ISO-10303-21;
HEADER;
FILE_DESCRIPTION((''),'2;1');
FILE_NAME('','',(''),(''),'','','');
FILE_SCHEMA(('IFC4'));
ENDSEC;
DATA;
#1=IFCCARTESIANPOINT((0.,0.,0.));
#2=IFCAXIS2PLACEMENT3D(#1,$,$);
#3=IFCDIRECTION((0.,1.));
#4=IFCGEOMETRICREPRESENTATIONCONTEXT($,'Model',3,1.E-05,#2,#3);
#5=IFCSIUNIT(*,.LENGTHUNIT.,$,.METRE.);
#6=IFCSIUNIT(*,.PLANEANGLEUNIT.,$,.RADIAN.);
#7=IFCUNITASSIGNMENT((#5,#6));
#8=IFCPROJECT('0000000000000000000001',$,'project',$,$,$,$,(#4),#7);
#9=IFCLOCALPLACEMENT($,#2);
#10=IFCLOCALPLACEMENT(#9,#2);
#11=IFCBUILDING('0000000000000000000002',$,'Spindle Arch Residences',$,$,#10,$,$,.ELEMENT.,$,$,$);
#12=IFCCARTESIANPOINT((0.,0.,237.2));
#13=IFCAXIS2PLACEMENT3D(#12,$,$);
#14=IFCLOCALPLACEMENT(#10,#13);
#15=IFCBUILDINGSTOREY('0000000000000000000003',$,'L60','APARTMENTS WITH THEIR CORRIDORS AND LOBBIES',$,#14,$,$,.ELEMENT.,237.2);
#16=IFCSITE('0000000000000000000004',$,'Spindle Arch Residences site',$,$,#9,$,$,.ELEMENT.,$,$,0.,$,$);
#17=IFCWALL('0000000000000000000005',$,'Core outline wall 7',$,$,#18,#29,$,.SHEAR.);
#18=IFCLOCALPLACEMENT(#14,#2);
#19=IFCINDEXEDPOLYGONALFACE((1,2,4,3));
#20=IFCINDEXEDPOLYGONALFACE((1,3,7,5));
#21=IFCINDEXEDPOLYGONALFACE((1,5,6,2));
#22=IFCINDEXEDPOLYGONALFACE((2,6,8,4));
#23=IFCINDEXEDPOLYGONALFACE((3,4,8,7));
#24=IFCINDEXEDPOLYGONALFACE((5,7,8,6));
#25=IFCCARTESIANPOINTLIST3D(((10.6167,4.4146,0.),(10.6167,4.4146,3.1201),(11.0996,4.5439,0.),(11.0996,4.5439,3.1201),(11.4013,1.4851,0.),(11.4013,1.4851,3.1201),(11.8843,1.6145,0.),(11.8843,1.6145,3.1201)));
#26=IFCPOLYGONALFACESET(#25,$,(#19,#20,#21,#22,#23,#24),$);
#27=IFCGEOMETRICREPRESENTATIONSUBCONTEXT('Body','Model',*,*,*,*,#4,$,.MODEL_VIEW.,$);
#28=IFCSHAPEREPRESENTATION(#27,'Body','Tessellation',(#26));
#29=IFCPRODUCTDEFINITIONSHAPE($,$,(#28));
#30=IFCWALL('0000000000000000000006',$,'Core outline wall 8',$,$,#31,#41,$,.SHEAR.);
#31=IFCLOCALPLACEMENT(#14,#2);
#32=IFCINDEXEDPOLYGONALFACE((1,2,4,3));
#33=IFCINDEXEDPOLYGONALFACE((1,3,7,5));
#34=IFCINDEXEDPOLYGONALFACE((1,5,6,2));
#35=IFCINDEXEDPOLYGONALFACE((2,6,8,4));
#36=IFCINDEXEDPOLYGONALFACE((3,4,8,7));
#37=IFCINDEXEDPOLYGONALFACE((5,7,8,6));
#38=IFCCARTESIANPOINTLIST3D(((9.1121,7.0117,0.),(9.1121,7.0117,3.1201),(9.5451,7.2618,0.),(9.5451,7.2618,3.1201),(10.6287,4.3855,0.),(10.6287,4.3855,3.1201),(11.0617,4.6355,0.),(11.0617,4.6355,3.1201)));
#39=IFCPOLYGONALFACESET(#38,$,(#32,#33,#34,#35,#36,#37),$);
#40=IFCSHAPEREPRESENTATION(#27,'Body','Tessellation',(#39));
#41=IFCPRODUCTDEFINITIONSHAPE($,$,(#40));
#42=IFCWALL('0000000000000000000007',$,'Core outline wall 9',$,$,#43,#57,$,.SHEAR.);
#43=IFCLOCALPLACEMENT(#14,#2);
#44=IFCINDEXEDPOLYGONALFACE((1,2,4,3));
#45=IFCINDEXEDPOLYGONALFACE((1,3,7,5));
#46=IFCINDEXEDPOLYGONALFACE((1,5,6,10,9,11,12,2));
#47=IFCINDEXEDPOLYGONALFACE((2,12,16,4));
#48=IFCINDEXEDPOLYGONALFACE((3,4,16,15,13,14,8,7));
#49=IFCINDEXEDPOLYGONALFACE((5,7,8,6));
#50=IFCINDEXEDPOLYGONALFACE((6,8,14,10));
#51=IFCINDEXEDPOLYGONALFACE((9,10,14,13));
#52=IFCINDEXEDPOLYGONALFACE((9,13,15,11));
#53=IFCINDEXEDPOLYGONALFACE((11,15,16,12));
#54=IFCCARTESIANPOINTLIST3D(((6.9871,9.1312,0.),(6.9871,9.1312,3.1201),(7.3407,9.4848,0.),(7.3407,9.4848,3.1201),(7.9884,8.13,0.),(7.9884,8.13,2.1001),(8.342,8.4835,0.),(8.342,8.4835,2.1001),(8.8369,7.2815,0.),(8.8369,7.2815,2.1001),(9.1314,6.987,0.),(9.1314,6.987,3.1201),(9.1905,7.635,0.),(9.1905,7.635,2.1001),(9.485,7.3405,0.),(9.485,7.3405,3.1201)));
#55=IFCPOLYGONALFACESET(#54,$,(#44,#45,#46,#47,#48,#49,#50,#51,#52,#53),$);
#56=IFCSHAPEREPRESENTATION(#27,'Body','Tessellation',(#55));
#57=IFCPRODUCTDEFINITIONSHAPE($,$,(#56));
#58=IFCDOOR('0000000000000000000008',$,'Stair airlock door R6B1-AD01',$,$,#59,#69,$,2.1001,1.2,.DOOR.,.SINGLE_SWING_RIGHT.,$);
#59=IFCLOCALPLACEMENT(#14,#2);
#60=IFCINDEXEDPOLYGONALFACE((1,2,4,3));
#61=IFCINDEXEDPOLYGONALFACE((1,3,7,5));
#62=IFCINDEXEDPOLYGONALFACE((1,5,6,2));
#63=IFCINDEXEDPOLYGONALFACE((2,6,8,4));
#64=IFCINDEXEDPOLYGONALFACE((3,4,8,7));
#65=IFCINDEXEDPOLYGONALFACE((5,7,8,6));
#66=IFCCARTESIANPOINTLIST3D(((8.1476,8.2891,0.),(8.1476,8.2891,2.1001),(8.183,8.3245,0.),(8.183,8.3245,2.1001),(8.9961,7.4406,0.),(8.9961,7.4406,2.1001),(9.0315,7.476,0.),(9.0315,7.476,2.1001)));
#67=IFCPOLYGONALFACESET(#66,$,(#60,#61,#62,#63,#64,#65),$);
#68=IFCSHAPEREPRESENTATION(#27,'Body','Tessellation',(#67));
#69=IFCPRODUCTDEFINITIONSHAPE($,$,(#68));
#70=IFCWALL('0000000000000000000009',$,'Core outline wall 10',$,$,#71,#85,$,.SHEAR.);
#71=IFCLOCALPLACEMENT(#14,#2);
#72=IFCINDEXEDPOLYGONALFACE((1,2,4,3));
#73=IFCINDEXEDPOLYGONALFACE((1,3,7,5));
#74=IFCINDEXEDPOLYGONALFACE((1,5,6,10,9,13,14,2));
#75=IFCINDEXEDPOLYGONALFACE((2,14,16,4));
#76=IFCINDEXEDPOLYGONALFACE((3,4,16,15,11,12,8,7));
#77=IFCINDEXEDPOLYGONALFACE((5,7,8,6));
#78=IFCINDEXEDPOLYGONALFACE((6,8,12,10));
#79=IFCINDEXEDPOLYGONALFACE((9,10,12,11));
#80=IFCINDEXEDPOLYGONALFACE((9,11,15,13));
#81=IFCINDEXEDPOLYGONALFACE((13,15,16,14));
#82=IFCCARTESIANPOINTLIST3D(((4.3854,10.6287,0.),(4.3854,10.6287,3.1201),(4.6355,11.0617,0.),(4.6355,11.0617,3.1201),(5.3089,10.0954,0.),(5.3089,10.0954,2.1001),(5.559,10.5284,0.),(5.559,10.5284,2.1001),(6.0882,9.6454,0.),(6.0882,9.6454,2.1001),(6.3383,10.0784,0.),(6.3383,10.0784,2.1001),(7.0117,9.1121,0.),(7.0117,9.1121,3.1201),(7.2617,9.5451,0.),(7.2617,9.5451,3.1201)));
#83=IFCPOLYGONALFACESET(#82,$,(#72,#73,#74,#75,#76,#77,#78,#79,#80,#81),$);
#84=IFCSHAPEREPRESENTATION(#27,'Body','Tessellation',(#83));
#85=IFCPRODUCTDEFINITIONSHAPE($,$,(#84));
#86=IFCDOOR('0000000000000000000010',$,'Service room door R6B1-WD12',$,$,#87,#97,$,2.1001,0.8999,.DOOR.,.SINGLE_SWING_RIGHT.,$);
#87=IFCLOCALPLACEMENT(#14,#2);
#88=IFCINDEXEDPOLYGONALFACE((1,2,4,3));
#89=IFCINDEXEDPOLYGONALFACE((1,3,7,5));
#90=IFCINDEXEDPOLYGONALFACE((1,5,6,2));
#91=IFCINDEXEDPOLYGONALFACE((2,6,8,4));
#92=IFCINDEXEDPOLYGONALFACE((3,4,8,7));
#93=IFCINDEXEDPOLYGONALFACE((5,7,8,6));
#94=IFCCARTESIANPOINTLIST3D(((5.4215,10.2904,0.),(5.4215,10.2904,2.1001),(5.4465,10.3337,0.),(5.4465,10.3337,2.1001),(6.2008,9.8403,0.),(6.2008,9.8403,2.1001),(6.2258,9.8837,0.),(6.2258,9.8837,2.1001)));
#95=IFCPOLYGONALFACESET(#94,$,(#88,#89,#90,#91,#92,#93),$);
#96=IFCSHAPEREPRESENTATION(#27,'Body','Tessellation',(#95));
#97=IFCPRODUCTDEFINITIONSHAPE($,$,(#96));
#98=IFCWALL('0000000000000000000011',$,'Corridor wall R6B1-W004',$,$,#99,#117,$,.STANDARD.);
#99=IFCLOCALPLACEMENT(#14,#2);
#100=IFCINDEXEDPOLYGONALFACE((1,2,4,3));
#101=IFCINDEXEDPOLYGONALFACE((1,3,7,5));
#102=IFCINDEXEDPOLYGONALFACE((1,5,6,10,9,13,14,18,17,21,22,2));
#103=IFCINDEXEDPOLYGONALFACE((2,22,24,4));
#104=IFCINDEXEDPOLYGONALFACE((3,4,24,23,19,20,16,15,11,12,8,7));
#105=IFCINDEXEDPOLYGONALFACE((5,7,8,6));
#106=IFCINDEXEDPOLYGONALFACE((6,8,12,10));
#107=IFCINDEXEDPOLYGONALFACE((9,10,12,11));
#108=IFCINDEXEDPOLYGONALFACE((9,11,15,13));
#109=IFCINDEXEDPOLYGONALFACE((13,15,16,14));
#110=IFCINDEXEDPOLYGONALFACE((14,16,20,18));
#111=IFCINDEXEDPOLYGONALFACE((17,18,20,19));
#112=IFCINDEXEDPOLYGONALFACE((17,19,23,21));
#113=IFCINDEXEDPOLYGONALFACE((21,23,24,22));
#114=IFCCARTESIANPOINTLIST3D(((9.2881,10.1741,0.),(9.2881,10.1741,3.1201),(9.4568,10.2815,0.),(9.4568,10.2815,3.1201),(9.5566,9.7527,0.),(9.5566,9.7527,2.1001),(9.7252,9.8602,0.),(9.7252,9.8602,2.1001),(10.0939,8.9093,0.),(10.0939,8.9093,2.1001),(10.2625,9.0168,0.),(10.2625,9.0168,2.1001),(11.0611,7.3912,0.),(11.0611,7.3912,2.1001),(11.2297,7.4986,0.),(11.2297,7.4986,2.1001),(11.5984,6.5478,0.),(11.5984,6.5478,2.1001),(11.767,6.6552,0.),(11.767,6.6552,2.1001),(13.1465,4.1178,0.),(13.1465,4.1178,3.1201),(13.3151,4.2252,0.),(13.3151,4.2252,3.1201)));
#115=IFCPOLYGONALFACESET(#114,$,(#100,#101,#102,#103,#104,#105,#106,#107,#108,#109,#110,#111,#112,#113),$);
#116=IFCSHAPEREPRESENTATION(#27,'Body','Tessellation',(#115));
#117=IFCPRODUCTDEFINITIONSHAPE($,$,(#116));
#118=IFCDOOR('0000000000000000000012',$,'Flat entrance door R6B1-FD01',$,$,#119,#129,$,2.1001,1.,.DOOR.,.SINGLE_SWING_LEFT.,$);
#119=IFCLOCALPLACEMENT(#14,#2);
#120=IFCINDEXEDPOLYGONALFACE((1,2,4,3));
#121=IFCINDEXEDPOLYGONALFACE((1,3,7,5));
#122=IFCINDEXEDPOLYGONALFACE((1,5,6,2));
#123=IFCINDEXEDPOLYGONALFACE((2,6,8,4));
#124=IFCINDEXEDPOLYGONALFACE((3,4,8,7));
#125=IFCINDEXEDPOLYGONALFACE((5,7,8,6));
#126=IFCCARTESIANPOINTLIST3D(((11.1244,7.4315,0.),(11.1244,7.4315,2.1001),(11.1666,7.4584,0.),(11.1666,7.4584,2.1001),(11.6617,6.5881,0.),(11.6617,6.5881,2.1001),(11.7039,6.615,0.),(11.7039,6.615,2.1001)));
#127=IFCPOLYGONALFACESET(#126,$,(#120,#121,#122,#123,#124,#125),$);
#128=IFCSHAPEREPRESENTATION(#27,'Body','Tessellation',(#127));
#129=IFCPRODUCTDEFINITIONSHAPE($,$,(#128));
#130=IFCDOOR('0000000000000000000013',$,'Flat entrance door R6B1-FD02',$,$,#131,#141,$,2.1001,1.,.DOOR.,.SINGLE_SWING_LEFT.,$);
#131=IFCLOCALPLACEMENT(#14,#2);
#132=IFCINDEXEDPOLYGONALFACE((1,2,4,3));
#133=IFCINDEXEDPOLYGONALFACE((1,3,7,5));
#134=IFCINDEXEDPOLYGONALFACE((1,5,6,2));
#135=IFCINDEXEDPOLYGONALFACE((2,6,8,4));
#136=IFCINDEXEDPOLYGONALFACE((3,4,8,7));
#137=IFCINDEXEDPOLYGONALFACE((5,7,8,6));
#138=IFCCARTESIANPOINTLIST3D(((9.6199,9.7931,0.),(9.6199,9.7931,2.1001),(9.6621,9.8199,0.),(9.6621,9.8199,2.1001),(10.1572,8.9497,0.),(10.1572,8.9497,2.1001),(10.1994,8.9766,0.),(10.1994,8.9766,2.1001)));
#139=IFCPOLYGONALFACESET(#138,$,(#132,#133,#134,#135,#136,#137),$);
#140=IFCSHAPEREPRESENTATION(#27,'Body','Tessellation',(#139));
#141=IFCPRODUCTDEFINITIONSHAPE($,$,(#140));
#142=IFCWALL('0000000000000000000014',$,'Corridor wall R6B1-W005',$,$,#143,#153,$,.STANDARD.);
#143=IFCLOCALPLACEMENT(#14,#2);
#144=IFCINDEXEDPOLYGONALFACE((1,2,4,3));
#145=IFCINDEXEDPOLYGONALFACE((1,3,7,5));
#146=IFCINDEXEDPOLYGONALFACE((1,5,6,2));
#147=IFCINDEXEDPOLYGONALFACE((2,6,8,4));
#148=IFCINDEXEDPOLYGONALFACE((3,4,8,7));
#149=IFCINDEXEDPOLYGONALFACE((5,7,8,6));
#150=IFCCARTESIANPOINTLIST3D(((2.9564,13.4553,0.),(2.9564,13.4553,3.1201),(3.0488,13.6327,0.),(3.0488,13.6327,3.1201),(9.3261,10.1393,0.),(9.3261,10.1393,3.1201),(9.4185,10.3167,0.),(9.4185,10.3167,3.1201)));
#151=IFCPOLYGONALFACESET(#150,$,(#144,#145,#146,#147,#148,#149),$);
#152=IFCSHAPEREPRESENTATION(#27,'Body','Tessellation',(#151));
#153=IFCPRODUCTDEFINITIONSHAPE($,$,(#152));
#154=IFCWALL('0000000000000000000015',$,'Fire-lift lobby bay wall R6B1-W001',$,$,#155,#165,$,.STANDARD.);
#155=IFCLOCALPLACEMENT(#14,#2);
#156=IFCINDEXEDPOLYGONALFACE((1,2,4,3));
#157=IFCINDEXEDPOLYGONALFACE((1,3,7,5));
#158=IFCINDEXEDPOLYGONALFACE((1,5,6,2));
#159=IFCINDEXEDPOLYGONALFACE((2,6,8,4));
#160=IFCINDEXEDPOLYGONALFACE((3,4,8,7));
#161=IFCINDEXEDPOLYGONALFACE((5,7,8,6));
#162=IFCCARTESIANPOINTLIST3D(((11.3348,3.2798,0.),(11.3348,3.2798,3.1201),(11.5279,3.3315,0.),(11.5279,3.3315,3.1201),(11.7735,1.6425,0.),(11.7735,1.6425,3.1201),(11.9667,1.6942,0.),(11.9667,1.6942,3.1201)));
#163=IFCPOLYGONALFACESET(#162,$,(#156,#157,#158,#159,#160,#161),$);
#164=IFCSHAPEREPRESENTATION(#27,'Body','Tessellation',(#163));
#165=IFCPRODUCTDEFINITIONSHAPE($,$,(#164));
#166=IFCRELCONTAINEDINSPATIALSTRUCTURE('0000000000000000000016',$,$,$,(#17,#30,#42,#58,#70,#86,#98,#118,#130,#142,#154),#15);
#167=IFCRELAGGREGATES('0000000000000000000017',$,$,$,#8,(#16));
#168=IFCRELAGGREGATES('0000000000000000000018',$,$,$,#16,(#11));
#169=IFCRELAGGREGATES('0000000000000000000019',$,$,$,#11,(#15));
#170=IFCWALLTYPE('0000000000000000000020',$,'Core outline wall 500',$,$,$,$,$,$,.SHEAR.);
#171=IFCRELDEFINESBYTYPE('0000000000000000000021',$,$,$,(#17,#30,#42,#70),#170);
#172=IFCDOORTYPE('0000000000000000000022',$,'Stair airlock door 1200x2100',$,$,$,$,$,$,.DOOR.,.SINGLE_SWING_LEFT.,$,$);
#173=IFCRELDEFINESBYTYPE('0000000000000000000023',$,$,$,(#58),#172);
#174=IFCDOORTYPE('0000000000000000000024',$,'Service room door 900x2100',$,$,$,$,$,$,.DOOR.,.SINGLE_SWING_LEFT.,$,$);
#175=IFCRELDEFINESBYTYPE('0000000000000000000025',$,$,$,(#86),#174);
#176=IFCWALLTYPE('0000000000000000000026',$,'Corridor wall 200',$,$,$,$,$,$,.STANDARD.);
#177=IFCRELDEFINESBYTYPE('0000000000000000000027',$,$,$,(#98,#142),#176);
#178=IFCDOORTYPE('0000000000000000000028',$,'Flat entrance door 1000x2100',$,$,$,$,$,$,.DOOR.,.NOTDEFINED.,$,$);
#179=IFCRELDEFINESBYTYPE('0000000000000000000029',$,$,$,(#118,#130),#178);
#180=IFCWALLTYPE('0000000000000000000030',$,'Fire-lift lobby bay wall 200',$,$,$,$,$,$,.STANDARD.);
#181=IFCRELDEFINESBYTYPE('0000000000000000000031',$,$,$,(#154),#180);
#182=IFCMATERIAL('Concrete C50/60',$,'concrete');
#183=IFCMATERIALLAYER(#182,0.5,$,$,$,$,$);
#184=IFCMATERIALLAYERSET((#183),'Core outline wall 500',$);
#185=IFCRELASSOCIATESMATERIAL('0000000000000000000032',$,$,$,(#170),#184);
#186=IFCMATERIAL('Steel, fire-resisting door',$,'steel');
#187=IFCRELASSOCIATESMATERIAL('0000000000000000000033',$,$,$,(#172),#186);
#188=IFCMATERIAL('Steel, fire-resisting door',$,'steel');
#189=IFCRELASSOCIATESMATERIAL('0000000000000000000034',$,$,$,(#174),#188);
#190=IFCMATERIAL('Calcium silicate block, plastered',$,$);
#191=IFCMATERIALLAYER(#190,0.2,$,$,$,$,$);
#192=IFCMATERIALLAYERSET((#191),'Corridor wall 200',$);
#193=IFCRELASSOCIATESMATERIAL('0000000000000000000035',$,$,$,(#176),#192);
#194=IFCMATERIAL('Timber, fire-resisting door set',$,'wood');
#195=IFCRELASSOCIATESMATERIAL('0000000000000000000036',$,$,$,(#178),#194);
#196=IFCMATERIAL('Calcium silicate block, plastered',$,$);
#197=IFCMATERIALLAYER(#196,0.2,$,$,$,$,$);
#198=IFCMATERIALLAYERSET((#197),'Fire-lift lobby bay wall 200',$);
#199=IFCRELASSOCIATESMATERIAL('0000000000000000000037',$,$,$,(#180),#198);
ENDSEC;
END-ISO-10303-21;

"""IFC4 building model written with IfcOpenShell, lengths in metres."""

from ifc_helpers import new_model, si_unit, direction, frame, frame_2d, origin, place, context, subcontext, project, spatial, rectangle, extrude, material, layer, layer_set, type_object, element, fill, save


model = new_model("IFC4")

# Units and contexts
model_context = context("Model", 3, precision=1e-05, world=origin(), true_north=direction((0.0, 1.0)))
body_context = subcontext(model_context, "Body", "Model", "MODEL_VIEW")
ifc_project = project(units=[si_unit("LENGTHUNIT", "METRE"), si_unit("PLANEANGLEUNIT", "RADIAN")], contexts=[model_context])

# Site, building, storey
site_placement = place(None, origin())
site = spatial("IfcSite", under=ifc_project, at=site_placement, Name="Spindle Arch Residences site", CompositionType="ELEMENT", RefElevation=0.0)
building_placement = place(site_placement, origin())
building = spatial("IfcBuilding", under=site, at=building_placement, Name="Spindle Arch Residences", CompositionType="ELEMENT")
storey_placement = place(building_placement, frame((0.0, 0.0, 237.2)))
storey = spatial("IfcBuildingStorey", under=building, at=storey_placement, Name="L60", Description="APARTMENTS WITH THEIR CORRIDORS AND LOBBIES", CompositionType="ELEMENT", Elevation=237.2)

# Walls
ifc_material_1 = material(Name="Concrete C50/60", Category="concrete")
ifc_layer_1 = layer(ifc_material_1, 0.5)
ifc_layer_set_1 = layer_set([ifc_layer_1], Name="Core outline wall 500")
wall_type_1 = type_object("IfcWallType", Name="Core outline wall 500", PredefinedType="SHEAR", material=ifc_layer_set_1)
for number, where, z_axis, x_axis, name in (
    (1, (11.6428, 1.5498, 0.0), (0.0, 0.0, 1.0), (-0.258735, 0.965948, 0.0), "Core outline wall 7"),
    (2, (10.8452, 4.5105, 0.0), (0.0, 0.0, 1.0), (-0.500087, 0.865975, 0.0), "Core outline wall 8"),
):
    element("IfcWall", number, at=place(storey_placement, frame(where, z_axis=z_axis, x_axis=x_axis)), inside=storey, type_object=wall_type_1, Name=name, PredefinedType="SHEAR", context=body_context, shape_type="SweptSolid", body=[
        extrude(rectangle(XDim=3.0327, YDim=0.5, at=frame_2d((1.5164, 0.0))), origin(), (0.0, 0.0, 1.0), 3.1201),
    ])

# Walls, openings, doors
wall_1_placement = place(storey_placement, frame((9.3081, 7.1638, 0.0), z_axis=(0.0, 0.0, 1.0), x_axis=(-0.707107, 0.707107, 0.0)))
wall_1 = element("IfcWall", 3, at=wall_1_placement, inside=storey, type_object=wall_type_1, Name="Core outline wall 9", PredefinedType="SHEAR", context=body_context, shape_type="SweptSolid", body=[
    extrude(rectangle(XDim=3.0325, YDim=0.5, at=frame_2d((1.5161, 0.0))), origin(), (0.0, 0.0, 1.0), 3.1201),
])
opening_1_placement = place(wall_1_placement, frame((0.4163, 0.0, 0.0)))
opening_1 = element("IfcOpeningElement", 4, at=opening_1_placement, cuts=wall_1, PredefinedType="OPENING", context=body_context, shape_type="SweptSolid", body=[
    extrude(rectangle(XDim=1.2, YDim=2.1001, at=frame_2d((0.6001, 1.05))), frame((0.0, 0.26, 0.0), z_axis=(0.0, -1.0, 0.0), x_axis=(1.0, 0.0, 0.0)), (0.0, 0.0, 1.0), 0.52),
])
ifc_material_2 = material(Name="Steel, fire-resisting door", Category="steel")
door_type_1 = type_object("IfcDoorType", Name="Stair airlock door 1200x2100", OperationType="SINGLE_SWING_LEFT", PredefinedType="DOOR", material=ifc_material_2)
door_1_placement = place(opening_1_placement, origin())
door_1 = element("IfcDoor", 5, at=door_1_placement, inside=storey, type_object=door_type_1, Name="Stair airlock door R6B1-AD01", OperationType="SINGLE_SWING_RIGHT", OverallHeight=2.1001, OverallWidth=1.2, PredefinedType="DOOR", context=body_context, shape_type="SweptSolid", body=[
    extrude(rectangle(XDim=1.2, YDim=2.1001, at=frame_2d((0.6001, 1.05))), frame((0.0, 0.0249, 0.0), z_axis=(0.0, -1.0, 0.0), x_axis=(1.0, 0.0, 0.0)), (0.0, 0.0, 1.0), 0.05),
])
fill(opening_1, door_1)
wall_2_placement = place(storey_placement, frame((7.1367, 9.3286, 0.0), z_axis=(0.0, 0.0, 1.0), x_axis=(-0.865975, 0.500087, 0.0)))
wall_2 = element("IfcWall", 6, at=wall_2_placement, inside=storey, type_object=wall_type_1, Name="Core outline wall 10", PredefinedType="SHEAR", context=body_context, shape_type="SweptSolid", body=[
    extrude(rectangle(XDim=3.0327, YDim=0.5, at=frame_2d((1.5164, 0.0))), origin(), (0.0, 0.0, 1.0), 3.1201),
])
opening_2_placement = place(wall_2_placement, frame((1.0664, 0.0, 0.0)))
opening_2 = element("IfcOpeningElement", 7, at=opening_2_placement, cuts=wall_2, PredefinedType="OPENING", context=body_context, shape_type="SweptSolid", body=[
    extrude(rectangle(XDim=0.8999, YDim=2.1001, at=frame_2d((0.45, 1.05))), frame((0.0, 0.26, 0.0), z_axis=(0.0, -1.0, 0.0), x_axis=(1.0, 0.0, 0.0)), (0.0, 0.0, 1.0), 0.52),
])
ifc_material_3 = material(Name="Steel, fire-resisting door", Category="steel")
door_type_2 = type_object("IfcDoorType", Name="Service room door 900x2100", OperationType="SINGLE_SWING_LEFT", PredefinedType="DOOR", material=ifc_material_3)
door_2_placement = place(opening_2_placement, origin())
door_2 = element("IfcDoor", 8, at=door_2_placement, inside=storey, type_object=door_type_2, Name="Service room door R6B1-WD12", OperationType="SINGLE_SWING_RIGHT", OverallHeight=2.1001, OverallWidth=0.8999, PredefinedType="DOOR", context=body_context, shape_type="SweptSolid", body=[
    extrude(rectangle(XDim=0.8999, YDim=2.1001, at=frame_2d((0.45, 1.05))), frame((0.0, 0.0249, 0.0), z_axis=(0.0, -1.0, 0.0), x_axis=(1.0, 0.0, 0.0)), (0.0, 0.0, 1.0), 0.05),
])
fill(opening_2, door_2)

# Wall, openings, doors
ifc_material_4 = material(Name="Calcium silicate block, plastered")
ifc_layer_2 = layer(ifc_material_4, 0.2)
ifc_layer_set_2 = layer_set([ifc_layer_2], Name="Corridor wall 200")
wall_type_2 = type_object("IfcWallType", Name="Corridor wall 200", PredefinedType="STANDARD", material=ifc_layer_set_2)
wall_3_placement = place(storey_placement, frame((13.2307, 4.1716, 0.0), z_axis=(0.0, 0.0, 1.0), x_axis=(-0.537304, 0.843388, 0.0)))
wall_3 = element("IfcWall", 9, at=wall_3_placement, inside=storey, type_object=wall_type_2, Name="Corridor wall R6B1-W004", PredefinedType="STANDARD", context=body_context, shape_type="SweptSolid", body=[
    extrude(rectangle(XDim=7.1809, YDim=0.2, at=frame_2d((3.5903, 0.0))), origin(), (0.0, 0.0, 1.0), 3.1201),
])
opening_3_placement = place(wall_3_placement, frame((2.8811, 0.0, 0.0)))
opening_3 = element("IfcOpeningElement", 10, at=opening_3_placement, cuts=wall_3, PredefinedType="OPENING", context=body_context, shape_type="SweptSolid", body=[
    extrude(rectangle(XDim=1.0, YDim=2.1001, at=frame_2d((0.5, 1.05))), frame((0.0, 0.1099, 0.0), z_axis=(0.0, -1.0, 0.0), x_axis=(1.0, 0.0, 0.0)), (0.0, 0.0, 1.0), 0.22),
])
opening_4_placement = place(wall_3_placement, frame((5.6812, 0.0, 0.0)))
opening_4 = element("IfcOpeningElement", 11, at=opening_4_placement, cuts=wall_3, PredefinedType="OPENING", context=body_context, shape_type="SweptSolid", body=[
    extrude(rectangle(XDim=1.0, YDim=2.1001, at=frame_2d((0.5, 1.05))), frame((0.0, 0.1099, 0.0), z_axis=(0.0, -1.0, 0.0), x_axis=(1.0, 0.0, 0.0)), (0.0, 0.0, 1.0), 0.22),
])
ifc_material_5 = material(Name="Timber, fire-resisting door set", Category="wood")
door_type_3 = type_object("IfcDoorType", Name="Flat entrance door 1000x2100", OperationType="NOTDEFINED", PredefinedType="DOOR", material=ifc_material_5)
door_3_placement = place(opening_3_placement, origin())
door_3 = element("IfcDoor", 12, at=door_3_placement, inside=storey, type_object=door_type_3, Name="Flat entrance door R6B1-FD01", OperationType="SINGLE_SWING_LEFT", OverallHeight=2.1001, OverallWidth=1.0, PredefinedType="DOOR", context=body_context, shape_type="SweptSolid", body=[
    extrude(rectangle(XDim=1.0, YDim=2.1001, at=frame_2d((0.5, 1.05))), frame((0.0, 0.0249, 0.0), z_axis=(0.0, -1.0, 0.0), x_axis=(1.0, 0.0, 0.0)), (0.0, 0.0, 1.0), 0.05),
])
fill(opening_3, door_3)
door_4_placement = place(opening_4_placement, origin())
door_4 = element("IfcDoor", 13, at=door_4_placement, inside=storey, type_object=door_type_3, Name="Flat entrance door R6B1-FD02", OperationType="SINGLE_SWING_LEFT", OverallHeight=2.1001, OverallWidth=1.0, PredefinedType="DOOR", context=body_context, shape_type="SweptSolid", body=[
    extrude(rectangle(XDim=1.0, YDim=2.1001, at=frame_2d((0.5, 1.05))), frame((0.0, 0.0249, 0.0), z_axis=(0.0, -1.0, 0.0), x_axis=(1.0, 0.0, 0.0)), (0.0, 0.0, 1.0), 0.05),
])
fill(opening_4, door_4)

# Walls
wall_4_placement = place(storey_placement, frame((9.3723, 10.228, 0.0), z_axis=(0.0, 0.0, 1.0), x_axis=(-0.887005, 0.461759, 0.0)))
element("IfcWall", 14, at=wall_4_placement, inside=storey, type_object=wall_type_2, Name="Corridor wall R6B1-W005", PredefinedType="STANDARD", context=body_context, shape_type="SweptSolid", body=[
    extrude(rectangle(XDim=7.1812, YDim=0.2, at=frame_2d((3.5906, 0.0))), origin(), (0.0, 0.0, 1.0), 3.1201),
])
ifc_material_6 = material(Name="Calcium silicate block, plastered")
ifc_layer_3 = layer(ifc_material_6, 0.2)
ifc_layer_set_3 = layer_set([ifc_layer_3], Name="Fire-lift lobby bay wall 200")
wall_type_3 = type_object("IfcWallType", Name="Fire-lift lobby bay wall 200", PredefinedType="STANDARD", material=ifc_layer_set_3)
wall_5_placement = place(storey_placement, frame((11.8701, 1.6682, 0.0), z_axis=(0.0, 0.0, 1.0), x_axis=(-0.258837, 0.965921, 0.0)))
element("IfcWall", 15, at=wall_5_placement, inside=storey, type_object=wall_type_3, Name="Fire-lift lobby bay wall R6B1-W001", PredefinedType="STANDARD", context=body_context, shape_type="SweptSolid", body=[
    extrude(rectangle(XDim=1.6951, YDim=0.2, at=frame_2d((0.8477, 0.0))), origin(), (0.0, 0.0, 1.0), 3.1201),
])

save(model, "model.ifc")
